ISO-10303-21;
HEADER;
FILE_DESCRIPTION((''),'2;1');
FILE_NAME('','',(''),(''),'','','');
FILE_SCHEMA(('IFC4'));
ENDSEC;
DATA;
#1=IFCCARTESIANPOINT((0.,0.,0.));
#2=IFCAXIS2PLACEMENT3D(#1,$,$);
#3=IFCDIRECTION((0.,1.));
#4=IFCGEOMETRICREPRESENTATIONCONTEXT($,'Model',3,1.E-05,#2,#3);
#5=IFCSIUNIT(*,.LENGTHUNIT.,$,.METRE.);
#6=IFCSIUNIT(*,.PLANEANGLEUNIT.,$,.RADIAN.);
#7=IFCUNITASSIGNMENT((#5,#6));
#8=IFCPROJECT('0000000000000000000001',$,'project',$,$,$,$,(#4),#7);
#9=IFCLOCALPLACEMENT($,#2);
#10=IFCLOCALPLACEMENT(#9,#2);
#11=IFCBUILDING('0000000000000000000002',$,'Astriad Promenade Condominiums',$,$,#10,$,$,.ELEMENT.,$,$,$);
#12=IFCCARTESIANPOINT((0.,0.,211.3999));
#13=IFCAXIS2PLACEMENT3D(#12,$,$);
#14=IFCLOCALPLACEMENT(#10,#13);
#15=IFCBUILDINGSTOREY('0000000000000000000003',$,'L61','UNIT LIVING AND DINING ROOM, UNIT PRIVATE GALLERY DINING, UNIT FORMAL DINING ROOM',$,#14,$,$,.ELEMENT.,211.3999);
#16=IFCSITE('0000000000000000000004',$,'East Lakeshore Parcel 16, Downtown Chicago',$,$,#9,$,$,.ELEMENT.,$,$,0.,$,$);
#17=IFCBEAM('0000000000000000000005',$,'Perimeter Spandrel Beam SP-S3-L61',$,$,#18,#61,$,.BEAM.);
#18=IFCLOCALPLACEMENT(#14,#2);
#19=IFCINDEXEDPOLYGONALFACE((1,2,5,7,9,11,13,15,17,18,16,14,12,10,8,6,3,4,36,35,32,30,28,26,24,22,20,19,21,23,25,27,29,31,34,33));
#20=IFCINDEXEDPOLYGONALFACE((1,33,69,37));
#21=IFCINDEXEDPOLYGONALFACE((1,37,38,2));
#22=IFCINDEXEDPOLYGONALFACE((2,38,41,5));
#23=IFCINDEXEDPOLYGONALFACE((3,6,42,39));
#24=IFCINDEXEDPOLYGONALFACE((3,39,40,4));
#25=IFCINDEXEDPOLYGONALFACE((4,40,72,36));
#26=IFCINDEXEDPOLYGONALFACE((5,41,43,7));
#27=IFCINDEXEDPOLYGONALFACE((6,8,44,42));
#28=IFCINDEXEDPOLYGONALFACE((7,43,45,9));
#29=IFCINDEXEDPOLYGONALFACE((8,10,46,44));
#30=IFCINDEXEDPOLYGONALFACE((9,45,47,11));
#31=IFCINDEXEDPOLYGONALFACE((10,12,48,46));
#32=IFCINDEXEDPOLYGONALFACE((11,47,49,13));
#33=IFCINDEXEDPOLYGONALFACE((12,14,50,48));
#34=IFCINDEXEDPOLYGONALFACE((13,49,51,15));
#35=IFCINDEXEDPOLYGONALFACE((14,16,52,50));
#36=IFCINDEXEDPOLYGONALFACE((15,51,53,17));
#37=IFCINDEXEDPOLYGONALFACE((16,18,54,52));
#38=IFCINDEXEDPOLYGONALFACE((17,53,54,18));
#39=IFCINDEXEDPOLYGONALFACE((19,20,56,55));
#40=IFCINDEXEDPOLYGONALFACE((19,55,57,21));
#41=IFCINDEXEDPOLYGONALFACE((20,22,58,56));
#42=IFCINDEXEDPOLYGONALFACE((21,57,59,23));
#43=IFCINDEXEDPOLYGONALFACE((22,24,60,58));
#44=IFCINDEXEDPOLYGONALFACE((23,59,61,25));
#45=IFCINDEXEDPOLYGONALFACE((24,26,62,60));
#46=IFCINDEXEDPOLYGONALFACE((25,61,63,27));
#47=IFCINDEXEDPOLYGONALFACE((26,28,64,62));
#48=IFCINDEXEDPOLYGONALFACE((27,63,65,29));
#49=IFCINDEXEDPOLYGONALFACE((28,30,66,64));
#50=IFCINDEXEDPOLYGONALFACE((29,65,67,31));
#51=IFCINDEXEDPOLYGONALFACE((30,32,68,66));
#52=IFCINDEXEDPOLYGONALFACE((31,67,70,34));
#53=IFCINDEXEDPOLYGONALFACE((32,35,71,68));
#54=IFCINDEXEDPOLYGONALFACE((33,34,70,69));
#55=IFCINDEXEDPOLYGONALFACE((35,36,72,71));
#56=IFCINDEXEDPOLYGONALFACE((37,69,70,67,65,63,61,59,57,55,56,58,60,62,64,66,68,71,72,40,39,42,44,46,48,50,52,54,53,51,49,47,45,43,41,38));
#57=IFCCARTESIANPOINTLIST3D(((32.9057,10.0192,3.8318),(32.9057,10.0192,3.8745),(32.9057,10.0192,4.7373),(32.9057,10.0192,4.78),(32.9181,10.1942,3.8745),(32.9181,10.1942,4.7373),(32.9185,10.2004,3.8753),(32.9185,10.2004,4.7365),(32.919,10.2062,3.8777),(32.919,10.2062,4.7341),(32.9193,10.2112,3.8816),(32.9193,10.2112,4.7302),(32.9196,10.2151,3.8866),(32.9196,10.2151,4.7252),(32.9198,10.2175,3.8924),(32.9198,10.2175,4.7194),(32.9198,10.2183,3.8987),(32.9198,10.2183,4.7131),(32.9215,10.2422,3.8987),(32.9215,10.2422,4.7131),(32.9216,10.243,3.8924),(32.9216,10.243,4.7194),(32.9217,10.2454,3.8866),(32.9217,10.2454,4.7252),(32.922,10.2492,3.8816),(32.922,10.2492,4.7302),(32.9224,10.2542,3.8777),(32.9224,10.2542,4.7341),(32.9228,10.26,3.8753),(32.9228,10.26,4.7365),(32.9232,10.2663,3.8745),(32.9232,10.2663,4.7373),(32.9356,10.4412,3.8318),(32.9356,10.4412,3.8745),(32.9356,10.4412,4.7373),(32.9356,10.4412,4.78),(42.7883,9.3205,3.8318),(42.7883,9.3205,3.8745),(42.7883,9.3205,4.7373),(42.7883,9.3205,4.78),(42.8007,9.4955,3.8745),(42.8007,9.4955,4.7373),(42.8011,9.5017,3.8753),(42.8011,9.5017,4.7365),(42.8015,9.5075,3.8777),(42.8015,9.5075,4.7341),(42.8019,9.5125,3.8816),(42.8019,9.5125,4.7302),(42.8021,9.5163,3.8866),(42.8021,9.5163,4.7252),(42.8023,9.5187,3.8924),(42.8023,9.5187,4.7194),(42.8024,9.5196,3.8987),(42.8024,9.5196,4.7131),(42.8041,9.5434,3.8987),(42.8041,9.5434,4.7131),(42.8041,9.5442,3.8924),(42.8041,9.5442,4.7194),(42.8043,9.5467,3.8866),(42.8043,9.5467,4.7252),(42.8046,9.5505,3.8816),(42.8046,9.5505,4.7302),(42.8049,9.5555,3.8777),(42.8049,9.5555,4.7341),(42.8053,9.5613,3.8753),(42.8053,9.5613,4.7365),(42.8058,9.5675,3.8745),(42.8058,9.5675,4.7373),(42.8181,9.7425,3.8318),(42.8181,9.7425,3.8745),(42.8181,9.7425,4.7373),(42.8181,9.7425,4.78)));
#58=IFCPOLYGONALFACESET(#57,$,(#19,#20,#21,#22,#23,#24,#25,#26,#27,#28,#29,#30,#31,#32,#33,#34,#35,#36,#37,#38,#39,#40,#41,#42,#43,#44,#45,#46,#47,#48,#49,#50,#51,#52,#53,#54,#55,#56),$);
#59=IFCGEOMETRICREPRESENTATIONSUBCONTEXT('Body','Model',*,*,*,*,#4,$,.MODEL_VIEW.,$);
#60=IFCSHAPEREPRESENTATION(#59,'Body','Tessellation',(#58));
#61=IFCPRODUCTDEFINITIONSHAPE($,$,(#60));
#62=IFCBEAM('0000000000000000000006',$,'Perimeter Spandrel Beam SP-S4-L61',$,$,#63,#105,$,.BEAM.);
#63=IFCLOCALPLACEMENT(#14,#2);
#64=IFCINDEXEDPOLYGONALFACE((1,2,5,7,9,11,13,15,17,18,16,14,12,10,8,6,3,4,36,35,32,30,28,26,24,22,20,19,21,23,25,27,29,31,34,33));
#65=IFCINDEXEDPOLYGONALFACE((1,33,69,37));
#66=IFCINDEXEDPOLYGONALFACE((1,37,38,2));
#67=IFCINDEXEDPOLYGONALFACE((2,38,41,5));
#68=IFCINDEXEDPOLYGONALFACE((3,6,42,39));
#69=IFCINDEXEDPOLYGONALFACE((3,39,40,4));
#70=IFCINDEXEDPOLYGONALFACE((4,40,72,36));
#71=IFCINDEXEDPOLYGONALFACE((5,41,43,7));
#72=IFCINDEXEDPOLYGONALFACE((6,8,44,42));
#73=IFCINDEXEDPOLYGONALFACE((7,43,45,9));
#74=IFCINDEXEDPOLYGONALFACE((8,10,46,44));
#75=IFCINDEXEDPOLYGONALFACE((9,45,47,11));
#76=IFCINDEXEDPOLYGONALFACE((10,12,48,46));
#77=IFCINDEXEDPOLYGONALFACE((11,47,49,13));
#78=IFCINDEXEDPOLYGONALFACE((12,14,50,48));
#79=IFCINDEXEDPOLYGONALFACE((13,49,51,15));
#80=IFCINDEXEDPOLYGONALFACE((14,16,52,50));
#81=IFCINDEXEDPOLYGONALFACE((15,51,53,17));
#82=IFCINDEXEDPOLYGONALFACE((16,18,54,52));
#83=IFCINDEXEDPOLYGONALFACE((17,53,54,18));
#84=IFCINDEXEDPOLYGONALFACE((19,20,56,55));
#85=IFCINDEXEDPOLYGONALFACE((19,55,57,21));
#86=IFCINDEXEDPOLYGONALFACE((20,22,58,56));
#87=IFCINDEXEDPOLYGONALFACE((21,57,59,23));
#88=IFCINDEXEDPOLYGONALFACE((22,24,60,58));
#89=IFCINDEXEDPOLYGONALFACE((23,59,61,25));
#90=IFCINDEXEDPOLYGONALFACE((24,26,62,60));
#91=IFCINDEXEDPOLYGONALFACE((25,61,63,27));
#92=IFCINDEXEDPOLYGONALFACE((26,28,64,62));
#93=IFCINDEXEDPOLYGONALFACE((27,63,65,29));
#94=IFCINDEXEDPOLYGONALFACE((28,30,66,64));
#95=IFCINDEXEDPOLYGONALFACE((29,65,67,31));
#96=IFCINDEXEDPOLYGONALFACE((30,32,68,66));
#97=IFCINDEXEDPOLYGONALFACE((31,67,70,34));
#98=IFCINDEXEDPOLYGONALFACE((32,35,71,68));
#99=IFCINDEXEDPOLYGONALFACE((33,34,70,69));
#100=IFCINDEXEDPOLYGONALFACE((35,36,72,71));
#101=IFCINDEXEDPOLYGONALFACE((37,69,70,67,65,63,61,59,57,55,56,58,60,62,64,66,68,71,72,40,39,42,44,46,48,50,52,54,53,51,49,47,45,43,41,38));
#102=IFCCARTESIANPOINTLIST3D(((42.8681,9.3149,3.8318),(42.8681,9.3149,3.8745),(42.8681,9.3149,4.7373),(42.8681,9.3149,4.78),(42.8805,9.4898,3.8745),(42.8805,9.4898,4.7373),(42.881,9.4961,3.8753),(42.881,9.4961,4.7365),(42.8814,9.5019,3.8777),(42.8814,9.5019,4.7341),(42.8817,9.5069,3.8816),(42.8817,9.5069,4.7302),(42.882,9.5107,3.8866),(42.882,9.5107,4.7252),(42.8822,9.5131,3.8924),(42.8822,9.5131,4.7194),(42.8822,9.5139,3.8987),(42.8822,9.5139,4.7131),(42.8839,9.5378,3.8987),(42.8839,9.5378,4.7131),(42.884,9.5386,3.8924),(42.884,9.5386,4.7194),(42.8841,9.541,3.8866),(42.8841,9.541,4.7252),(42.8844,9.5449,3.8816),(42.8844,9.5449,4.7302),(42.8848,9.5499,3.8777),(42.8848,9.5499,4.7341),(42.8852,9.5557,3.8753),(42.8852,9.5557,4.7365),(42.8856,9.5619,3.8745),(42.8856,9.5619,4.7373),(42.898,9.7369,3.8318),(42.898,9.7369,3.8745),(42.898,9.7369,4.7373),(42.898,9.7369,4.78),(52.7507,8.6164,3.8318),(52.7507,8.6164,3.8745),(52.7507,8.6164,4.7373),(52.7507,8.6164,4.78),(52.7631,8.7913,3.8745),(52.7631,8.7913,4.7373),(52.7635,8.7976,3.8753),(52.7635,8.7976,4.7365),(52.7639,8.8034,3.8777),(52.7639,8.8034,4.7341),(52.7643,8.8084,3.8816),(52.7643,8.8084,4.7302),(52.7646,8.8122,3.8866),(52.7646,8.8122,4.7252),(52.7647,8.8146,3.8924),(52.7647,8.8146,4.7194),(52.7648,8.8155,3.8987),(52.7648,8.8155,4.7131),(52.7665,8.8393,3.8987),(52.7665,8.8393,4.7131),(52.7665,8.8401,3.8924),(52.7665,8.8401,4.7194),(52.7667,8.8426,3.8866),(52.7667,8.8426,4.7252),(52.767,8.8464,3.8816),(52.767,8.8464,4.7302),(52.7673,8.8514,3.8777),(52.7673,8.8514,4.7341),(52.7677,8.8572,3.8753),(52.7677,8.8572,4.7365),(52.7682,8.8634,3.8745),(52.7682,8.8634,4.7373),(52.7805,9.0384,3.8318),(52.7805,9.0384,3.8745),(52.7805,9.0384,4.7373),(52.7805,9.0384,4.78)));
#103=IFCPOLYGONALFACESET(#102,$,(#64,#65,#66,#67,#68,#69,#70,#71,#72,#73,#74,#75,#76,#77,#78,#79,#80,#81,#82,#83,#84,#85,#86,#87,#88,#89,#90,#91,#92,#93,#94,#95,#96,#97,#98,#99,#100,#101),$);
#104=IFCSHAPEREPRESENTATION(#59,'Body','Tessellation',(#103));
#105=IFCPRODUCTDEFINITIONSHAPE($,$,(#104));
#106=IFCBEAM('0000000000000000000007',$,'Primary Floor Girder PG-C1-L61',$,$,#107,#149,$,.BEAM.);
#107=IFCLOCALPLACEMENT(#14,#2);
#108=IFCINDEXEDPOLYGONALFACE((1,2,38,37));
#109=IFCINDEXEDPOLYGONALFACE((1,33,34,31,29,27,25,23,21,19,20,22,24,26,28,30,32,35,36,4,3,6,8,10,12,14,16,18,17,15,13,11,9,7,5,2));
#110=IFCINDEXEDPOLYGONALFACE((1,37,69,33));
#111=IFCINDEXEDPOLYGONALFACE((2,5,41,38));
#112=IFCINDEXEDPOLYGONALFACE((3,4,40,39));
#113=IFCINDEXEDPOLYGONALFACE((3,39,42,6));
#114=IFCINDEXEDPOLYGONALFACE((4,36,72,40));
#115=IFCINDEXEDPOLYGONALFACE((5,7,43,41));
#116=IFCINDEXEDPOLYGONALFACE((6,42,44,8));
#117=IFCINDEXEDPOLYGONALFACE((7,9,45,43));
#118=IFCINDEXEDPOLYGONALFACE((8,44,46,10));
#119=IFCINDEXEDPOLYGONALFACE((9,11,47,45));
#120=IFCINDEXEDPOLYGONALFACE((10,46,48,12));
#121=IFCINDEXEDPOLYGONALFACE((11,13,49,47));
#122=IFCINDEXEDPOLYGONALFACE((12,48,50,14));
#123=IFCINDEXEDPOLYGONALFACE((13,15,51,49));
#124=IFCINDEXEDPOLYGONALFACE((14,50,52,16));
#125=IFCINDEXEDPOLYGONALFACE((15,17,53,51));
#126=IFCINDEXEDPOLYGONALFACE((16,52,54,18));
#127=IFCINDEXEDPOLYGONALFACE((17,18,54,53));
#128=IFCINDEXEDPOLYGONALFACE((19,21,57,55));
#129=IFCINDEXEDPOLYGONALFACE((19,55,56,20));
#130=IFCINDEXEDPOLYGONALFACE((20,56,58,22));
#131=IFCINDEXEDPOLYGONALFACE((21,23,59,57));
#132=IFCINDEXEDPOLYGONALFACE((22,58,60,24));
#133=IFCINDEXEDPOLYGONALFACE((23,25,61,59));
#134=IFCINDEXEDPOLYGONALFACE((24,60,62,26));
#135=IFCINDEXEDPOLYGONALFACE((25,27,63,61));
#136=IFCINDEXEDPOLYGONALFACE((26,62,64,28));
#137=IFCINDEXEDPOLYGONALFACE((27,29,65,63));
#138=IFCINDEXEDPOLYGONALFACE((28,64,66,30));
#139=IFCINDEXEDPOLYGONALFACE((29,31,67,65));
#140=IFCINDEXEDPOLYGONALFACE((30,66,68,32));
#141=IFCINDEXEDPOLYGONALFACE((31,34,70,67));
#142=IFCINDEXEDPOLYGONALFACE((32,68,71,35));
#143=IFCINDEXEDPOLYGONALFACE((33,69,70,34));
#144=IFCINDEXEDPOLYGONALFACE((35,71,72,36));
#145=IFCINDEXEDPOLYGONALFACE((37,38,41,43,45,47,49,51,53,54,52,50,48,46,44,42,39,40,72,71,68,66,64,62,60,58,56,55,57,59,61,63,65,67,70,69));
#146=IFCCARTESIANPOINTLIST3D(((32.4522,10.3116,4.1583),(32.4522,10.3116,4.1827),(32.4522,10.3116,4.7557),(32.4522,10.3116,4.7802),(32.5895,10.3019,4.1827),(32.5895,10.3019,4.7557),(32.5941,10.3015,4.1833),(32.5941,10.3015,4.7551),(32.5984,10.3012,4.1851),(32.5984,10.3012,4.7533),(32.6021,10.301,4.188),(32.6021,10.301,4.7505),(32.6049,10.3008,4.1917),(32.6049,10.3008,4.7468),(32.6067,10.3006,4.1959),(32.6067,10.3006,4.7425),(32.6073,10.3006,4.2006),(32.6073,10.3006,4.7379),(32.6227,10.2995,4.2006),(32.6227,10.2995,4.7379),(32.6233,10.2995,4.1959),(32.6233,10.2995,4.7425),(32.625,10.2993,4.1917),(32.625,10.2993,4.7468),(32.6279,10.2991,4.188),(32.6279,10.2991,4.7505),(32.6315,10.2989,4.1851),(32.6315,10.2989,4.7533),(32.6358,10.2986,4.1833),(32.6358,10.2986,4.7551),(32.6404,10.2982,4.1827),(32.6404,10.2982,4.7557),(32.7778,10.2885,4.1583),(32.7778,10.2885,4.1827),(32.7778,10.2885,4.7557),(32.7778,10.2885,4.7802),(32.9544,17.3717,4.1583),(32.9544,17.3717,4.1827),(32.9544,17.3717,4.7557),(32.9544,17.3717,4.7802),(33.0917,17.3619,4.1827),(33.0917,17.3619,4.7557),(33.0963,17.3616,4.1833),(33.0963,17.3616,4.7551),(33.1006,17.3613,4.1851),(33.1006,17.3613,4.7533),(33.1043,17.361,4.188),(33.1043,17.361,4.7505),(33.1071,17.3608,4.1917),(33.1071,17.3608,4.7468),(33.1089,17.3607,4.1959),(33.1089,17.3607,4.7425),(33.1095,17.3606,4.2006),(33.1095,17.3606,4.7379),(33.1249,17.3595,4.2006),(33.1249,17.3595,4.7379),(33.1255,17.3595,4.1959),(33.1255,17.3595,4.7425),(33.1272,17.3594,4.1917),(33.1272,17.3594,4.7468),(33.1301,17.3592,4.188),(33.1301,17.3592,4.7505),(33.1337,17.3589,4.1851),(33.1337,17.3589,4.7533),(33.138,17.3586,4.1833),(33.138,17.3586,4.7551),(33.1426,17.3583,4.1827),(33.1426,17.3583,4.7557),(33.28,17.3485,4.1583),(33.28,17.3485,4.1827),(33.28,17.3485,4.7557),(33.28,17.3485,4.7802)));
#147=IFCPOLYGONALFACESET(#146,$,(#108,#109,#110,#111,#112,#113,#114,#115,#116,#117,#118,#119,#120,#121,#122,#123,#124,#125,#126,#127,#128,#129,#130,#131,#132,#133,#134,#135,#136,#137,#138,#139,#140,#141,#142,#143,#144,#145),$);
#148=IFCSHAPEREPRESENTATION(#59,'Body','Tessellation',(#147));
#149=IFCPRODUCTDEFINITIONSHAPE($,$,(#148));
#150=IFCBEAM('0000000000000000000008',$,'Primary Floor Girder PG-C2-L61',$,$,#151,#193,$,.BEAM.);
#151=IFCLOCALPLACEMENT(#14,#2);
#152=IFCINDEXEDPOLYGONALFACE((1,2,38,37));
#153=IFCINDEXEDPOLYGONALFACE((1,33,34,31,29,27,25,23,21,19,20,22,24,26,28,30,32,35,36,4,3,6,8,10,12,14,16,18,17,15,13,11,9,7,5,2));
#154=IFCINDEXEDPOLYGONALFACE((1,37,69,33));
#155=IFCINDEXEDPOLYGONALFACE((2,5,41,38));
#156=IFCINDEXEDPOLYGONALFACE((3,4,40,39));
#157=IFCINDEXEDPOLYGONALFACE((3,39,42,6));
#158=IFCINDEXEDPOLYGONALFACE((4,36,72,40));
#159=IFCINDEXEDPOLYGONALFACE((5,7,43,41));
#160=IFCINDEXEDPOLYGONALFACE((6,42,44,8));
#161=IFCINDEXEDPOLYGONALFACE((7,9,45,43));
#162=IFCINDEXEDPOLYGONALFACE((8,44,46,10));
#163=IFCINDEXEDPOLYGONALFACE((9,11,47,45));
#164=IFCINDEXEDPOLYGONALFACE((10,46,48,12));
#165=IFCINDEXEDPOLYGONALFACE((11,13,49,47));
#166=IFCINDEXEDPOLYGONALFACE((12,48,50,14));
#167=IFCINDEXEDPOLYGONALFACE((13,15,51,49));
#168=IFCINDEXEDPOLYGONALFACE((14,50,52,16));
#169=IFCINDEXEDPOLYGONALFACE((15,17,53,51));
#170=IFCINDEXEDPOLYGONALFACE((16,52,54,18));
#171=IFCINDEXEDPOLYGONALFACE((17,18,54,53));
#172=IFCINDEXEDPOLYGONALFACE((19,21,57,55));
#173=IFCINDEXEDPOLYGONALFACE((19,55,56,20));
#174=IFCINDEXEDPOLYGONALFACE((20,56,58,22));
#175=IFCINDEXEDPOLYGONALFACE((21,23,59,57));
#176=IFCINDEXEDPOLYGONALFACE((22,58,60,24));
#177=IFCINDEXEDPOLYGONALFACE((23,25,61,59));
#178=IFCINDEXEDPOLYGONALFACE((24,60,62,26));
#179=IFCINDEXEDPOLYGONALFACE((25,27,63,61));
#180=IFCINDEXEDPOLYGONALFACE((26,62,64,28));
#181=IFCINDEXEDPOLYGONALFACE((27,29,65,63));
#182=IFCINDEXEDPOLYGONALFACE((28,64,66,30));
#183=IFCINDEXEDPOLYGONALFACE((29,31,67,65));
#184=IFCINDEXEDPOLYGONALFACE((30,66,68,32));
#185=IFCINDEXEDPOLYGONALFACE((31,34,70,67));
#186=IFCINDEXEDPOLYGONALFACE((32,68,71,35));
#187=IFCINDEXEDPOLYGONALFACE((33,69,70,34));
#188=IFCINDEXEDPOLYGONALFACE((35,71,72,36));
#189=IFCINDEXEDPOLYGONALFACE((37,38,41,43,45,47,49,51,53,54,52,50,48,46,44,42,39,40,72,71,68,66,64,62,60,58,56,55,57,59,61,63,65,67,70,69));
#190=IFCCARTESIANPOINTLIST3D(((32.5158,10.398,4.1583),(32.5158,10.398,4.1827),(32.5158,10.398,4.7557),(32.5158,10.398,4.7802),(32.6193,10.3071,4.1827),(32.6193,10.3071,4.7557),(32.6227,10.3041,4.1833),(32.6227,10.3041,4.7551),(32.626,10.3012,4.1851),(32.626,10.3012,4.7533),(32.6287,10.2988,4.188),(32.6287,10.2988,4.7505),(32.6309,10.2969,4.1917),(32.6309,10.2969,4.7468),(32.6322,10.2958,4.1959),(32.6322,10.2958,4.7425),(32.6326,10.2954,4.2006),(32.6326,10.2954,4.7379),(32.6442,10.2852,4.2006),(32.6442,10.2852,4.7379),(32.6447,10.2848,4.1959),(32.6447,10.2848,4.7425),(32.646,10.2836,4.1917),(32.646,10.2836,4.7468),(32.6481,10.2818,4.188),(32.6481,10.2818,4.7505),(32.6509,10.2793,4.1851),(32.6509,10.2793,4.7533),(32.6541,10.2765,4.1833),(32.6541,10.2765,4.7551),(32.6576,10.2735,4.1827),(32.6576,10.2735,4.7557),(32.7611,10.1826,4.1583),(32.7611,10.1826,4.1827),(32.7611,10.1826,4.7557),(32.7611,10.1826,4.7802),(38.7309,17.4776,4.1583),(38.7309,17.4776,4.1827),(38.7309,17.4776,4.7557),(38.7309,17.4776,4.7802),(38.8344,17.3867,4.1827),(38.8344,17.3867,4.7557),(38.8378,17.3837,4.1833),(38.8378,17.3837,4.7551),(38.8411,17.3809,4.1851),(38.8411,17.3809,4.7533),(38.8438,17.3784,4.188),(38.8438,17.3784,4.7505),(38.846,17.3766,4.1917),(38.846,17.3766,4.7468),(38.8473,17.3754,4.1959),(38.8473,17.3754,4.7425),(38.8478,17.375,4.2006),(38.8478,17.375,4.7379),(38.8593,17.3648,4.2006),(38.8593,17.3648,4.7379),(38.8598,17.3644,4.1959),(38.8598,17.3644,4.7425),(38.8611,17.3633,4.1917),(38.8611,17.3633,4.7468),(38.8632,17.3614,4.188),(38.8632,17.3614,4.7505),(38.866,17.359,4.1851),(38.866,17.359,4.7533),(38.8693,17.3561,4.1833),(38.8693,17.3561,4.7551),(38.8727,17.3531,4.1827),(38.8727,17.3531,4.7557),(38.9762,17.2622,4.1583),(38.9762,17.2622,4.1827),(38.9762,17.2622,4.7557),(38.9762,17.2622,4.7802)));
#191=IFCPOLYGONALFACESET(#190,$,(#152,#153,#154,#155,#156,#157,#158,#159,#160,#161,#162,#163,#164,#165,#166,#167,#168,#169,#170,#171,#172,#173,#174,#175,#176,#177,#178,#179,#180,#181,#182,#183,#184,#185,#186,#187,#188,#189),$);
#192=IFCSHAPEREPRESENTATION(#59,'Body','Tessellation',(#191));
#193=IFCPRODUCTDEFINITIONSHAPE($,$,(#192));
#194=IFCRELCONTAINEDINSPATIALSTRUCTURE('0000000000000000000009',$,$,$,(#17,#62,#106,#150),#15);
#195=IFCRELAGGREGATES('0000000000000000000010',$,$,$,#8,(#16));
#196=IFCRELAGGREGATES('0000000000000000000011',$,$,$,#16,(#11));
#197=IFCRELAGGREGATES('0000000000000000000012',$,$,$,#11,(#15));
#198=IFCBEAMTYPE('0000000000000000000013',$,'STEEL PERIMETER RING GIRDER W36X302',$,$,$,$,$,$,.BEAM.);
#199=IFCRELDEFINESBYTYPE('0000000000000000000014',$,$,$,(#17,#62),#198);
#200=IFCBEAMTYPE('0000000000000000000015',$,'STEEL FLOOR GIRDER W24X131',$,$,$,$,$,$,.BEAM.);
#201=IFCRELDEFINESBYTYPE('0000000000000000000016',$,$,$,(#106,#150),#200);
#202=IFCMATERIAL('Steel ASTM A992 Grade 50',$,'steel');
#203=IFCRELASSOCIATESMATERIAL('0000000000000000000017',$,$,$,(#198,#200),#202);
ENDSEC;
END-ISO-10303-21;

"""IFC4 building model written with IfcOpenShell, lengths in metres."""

from ifc_helpers import new_model, si_unit, direction, frame, origin, origin_2d, place, context, subcontext, project, spatial, i_section, extrude, source, transform, mapped, material, material_profile, profile_set, type_object, type_shapes, element, save


model = new_model("IFC4")

# Units and contexts
model_context = context("Model", 3, precision=1e-05, world=origin(), true_north=direction((0.0, 1.0)))
body_context = subcontext(model_context, "Body", "Model", "MODEL_VIEW")
ifc_project = project(units=[si_unit("LENGTHUNIT", "METRE"), si_unit("PLANEANGLEUNIT", "RADIAN")], contexts=[model_context])

# Site, building, storey
site_placement = place(None, origin())
site = spatial("IfcSite", under=ifc_project, at=site_placement, Name="East Lakeshore Parcel 16, Downtown Chicago", CompositionType="ELEMENT", RefElevation=0.0)
building_placement = place(site_placement, origin())
building = spatial("IfcBuilding", under=site, at=building_placement, Name="Astriad Promenade Condominiums", CompositionType="ELEMENT")
storey_placement = place(building_placement, frame((0.0, 0.0, 211.3999)))
storey = spatial("IfcBuildingStorey", under=building, at=storey_placement, Name="L61", Description="UNIT LIVING AND DINING ROOM, UNIT PRIVATE GALLERY DINING, UNIT FORMAL DINING ROOM", CompositionType="ELEMENT", Elevation=211.3999)

# Shared definitions
ifc_material_1 = material(Name="Steel ASTM A992 Grade 50", Category="steel")

# Beams
ifc_material_profile_1 = material_profile(ifc_material_1, i_section(OverallWidth=0.4231, OverallDepth=0.9482, WebThickness=0.0239, FlangeThickness=0.0427, FilletRadius=0.0242, at=origin_2d()), Name="W36X302")
ifc_profile_set_1 = profile_set([ifc_material_profile_1], Name="Steel ASTM A992 Grade 50")
beam_type_1 = type_object("IfcBeamType", Name="STEEL PERIMETER RING GIRDER W36X302", PredefinedType="BEAM", material=ifc_profile_set_1)
shared_shape_1 = source(origin(), body_context, "Body", "SweptSolid", [
    extrude(i_section(OverallWidth=0.4231, OverallDepth=0.9482, WebThickness=0.0239, FlangeThickness=0.0427, FilletRadius=0.0242, at=origin_2d()), origin(), (0.0, 0.0, 1.0), 9.9072),
])
type_shapes(beam_type_1, [shared_shape_1])
for number, where, z_axis, x_axis, name in (
    (1, (32.9207, 10.2302, 4.3059), (0.99751, -0.070527, 0.0), (0.070527, 0.99751, 0.0), "Perimeter Spandrel Beam SP-S3-L61"),
    (2, (42.8831, 9.5259, 4.3059), (0.997512, -0.070503, 0.0), (0.070503, 0.997512, 0.0), "Perimeter Spandrel Beam SP-S4-L61"),
):
    element("IfcBeam", number, at=place(storey_placement, frame(where, z_axis=z_axis, x_axis=x_axis)), inside=storey, type_object=beam_type_1, Name=name, PredefinedType="BEAM", context=body_context, shape_type="MappedRepresentation", body=[
        mapped(shared_shape_1, transform((0.0, 0.0, 0.0), scale=1.0)),
    ])
ifc_material_profile_2 = material_profile(ifc_material_1, i_section(OverallWidth=0.3264, OverallDepth=0.6218, WebThickness=0.0154, FlangeThickness=0.0244, FilletRadius=0.0178, at=origin_2d()), Name="W24X131")
ifc_profile_set_2 = profile_set([ifc_material_profile_2], Name="Steel ASTM A992 Grade 50")
beam_type_2 = type_object("IfcBeamType", Name="STEEL FLOOR GIRDER W24X131", PredefinedType="BEAM", material=ifc_profile_set_2)
shared_shape_2 = source(origin(), body_context, "Body", "SweptSolid", [
    extrude(i_section(OverallWidth=0.3264, OverallDepth=0.6218, WebThickness=0.0154, FlangeThickness=0.0244, FilletRadius=0.0178, at=origin_2d()), origin(), (0.0, 0.0, 1.0), 7.0779),
])
beam_1_placement = place(storey_placement, frame((32.615, 10.3, 4.4692), z_axis=(0.070953, 0.99748, 0.0), x_axis=(-0.99748, 0.070953, 0.0)))
element("IfcBeam", 3, at=beam_1_placement, inside=storey, type_object=beam_type_2, Name="Primary Floor Girder PG-C1-L61", PredefinedType="BEAM", context=body_context, shape_type="MappedRepresentation", body=[
    mapped(shared_shape_2, transform((0.0, 0.0, 0.0), scale=1.0)),
])
shared_shape_3 = source(origin(), body_context, "Body", "SweptSolid", [
    extrude(i_section(OverallWidth=0.3264, OverallDepth=0.6218, WebThickness=0.0154, FlangeThickness=0.0244, FilletRadius=0.0178, at=origin_2d()), origin(), (0.0, 0.0, 1.0), 9.4207),
])
type_shapes(beam_type_2, [shared_shape_2, shared_shape_3])
beam_2_placement = place(storey_placement, frame((32.6384, 10.2903, 4.4692), z_axis=(0.659733, 0.7515, 0.0), x_axis=(-0.7515, 0.659733, 0.0)))
element("IfcBeam", 4, at=beam_2_placement, inside=storey, type_object=beam_type_2, Name="Primary Floor Girder PG-C2-L61", PredefinedType="BEAM", context=body_context, shape_type="MappedRepresentation", body=[
    mapped(shared_shape_3, transform((0.0, 0.0, 0.0), scale=1.0)),
])

save(model, "model.ifc")
